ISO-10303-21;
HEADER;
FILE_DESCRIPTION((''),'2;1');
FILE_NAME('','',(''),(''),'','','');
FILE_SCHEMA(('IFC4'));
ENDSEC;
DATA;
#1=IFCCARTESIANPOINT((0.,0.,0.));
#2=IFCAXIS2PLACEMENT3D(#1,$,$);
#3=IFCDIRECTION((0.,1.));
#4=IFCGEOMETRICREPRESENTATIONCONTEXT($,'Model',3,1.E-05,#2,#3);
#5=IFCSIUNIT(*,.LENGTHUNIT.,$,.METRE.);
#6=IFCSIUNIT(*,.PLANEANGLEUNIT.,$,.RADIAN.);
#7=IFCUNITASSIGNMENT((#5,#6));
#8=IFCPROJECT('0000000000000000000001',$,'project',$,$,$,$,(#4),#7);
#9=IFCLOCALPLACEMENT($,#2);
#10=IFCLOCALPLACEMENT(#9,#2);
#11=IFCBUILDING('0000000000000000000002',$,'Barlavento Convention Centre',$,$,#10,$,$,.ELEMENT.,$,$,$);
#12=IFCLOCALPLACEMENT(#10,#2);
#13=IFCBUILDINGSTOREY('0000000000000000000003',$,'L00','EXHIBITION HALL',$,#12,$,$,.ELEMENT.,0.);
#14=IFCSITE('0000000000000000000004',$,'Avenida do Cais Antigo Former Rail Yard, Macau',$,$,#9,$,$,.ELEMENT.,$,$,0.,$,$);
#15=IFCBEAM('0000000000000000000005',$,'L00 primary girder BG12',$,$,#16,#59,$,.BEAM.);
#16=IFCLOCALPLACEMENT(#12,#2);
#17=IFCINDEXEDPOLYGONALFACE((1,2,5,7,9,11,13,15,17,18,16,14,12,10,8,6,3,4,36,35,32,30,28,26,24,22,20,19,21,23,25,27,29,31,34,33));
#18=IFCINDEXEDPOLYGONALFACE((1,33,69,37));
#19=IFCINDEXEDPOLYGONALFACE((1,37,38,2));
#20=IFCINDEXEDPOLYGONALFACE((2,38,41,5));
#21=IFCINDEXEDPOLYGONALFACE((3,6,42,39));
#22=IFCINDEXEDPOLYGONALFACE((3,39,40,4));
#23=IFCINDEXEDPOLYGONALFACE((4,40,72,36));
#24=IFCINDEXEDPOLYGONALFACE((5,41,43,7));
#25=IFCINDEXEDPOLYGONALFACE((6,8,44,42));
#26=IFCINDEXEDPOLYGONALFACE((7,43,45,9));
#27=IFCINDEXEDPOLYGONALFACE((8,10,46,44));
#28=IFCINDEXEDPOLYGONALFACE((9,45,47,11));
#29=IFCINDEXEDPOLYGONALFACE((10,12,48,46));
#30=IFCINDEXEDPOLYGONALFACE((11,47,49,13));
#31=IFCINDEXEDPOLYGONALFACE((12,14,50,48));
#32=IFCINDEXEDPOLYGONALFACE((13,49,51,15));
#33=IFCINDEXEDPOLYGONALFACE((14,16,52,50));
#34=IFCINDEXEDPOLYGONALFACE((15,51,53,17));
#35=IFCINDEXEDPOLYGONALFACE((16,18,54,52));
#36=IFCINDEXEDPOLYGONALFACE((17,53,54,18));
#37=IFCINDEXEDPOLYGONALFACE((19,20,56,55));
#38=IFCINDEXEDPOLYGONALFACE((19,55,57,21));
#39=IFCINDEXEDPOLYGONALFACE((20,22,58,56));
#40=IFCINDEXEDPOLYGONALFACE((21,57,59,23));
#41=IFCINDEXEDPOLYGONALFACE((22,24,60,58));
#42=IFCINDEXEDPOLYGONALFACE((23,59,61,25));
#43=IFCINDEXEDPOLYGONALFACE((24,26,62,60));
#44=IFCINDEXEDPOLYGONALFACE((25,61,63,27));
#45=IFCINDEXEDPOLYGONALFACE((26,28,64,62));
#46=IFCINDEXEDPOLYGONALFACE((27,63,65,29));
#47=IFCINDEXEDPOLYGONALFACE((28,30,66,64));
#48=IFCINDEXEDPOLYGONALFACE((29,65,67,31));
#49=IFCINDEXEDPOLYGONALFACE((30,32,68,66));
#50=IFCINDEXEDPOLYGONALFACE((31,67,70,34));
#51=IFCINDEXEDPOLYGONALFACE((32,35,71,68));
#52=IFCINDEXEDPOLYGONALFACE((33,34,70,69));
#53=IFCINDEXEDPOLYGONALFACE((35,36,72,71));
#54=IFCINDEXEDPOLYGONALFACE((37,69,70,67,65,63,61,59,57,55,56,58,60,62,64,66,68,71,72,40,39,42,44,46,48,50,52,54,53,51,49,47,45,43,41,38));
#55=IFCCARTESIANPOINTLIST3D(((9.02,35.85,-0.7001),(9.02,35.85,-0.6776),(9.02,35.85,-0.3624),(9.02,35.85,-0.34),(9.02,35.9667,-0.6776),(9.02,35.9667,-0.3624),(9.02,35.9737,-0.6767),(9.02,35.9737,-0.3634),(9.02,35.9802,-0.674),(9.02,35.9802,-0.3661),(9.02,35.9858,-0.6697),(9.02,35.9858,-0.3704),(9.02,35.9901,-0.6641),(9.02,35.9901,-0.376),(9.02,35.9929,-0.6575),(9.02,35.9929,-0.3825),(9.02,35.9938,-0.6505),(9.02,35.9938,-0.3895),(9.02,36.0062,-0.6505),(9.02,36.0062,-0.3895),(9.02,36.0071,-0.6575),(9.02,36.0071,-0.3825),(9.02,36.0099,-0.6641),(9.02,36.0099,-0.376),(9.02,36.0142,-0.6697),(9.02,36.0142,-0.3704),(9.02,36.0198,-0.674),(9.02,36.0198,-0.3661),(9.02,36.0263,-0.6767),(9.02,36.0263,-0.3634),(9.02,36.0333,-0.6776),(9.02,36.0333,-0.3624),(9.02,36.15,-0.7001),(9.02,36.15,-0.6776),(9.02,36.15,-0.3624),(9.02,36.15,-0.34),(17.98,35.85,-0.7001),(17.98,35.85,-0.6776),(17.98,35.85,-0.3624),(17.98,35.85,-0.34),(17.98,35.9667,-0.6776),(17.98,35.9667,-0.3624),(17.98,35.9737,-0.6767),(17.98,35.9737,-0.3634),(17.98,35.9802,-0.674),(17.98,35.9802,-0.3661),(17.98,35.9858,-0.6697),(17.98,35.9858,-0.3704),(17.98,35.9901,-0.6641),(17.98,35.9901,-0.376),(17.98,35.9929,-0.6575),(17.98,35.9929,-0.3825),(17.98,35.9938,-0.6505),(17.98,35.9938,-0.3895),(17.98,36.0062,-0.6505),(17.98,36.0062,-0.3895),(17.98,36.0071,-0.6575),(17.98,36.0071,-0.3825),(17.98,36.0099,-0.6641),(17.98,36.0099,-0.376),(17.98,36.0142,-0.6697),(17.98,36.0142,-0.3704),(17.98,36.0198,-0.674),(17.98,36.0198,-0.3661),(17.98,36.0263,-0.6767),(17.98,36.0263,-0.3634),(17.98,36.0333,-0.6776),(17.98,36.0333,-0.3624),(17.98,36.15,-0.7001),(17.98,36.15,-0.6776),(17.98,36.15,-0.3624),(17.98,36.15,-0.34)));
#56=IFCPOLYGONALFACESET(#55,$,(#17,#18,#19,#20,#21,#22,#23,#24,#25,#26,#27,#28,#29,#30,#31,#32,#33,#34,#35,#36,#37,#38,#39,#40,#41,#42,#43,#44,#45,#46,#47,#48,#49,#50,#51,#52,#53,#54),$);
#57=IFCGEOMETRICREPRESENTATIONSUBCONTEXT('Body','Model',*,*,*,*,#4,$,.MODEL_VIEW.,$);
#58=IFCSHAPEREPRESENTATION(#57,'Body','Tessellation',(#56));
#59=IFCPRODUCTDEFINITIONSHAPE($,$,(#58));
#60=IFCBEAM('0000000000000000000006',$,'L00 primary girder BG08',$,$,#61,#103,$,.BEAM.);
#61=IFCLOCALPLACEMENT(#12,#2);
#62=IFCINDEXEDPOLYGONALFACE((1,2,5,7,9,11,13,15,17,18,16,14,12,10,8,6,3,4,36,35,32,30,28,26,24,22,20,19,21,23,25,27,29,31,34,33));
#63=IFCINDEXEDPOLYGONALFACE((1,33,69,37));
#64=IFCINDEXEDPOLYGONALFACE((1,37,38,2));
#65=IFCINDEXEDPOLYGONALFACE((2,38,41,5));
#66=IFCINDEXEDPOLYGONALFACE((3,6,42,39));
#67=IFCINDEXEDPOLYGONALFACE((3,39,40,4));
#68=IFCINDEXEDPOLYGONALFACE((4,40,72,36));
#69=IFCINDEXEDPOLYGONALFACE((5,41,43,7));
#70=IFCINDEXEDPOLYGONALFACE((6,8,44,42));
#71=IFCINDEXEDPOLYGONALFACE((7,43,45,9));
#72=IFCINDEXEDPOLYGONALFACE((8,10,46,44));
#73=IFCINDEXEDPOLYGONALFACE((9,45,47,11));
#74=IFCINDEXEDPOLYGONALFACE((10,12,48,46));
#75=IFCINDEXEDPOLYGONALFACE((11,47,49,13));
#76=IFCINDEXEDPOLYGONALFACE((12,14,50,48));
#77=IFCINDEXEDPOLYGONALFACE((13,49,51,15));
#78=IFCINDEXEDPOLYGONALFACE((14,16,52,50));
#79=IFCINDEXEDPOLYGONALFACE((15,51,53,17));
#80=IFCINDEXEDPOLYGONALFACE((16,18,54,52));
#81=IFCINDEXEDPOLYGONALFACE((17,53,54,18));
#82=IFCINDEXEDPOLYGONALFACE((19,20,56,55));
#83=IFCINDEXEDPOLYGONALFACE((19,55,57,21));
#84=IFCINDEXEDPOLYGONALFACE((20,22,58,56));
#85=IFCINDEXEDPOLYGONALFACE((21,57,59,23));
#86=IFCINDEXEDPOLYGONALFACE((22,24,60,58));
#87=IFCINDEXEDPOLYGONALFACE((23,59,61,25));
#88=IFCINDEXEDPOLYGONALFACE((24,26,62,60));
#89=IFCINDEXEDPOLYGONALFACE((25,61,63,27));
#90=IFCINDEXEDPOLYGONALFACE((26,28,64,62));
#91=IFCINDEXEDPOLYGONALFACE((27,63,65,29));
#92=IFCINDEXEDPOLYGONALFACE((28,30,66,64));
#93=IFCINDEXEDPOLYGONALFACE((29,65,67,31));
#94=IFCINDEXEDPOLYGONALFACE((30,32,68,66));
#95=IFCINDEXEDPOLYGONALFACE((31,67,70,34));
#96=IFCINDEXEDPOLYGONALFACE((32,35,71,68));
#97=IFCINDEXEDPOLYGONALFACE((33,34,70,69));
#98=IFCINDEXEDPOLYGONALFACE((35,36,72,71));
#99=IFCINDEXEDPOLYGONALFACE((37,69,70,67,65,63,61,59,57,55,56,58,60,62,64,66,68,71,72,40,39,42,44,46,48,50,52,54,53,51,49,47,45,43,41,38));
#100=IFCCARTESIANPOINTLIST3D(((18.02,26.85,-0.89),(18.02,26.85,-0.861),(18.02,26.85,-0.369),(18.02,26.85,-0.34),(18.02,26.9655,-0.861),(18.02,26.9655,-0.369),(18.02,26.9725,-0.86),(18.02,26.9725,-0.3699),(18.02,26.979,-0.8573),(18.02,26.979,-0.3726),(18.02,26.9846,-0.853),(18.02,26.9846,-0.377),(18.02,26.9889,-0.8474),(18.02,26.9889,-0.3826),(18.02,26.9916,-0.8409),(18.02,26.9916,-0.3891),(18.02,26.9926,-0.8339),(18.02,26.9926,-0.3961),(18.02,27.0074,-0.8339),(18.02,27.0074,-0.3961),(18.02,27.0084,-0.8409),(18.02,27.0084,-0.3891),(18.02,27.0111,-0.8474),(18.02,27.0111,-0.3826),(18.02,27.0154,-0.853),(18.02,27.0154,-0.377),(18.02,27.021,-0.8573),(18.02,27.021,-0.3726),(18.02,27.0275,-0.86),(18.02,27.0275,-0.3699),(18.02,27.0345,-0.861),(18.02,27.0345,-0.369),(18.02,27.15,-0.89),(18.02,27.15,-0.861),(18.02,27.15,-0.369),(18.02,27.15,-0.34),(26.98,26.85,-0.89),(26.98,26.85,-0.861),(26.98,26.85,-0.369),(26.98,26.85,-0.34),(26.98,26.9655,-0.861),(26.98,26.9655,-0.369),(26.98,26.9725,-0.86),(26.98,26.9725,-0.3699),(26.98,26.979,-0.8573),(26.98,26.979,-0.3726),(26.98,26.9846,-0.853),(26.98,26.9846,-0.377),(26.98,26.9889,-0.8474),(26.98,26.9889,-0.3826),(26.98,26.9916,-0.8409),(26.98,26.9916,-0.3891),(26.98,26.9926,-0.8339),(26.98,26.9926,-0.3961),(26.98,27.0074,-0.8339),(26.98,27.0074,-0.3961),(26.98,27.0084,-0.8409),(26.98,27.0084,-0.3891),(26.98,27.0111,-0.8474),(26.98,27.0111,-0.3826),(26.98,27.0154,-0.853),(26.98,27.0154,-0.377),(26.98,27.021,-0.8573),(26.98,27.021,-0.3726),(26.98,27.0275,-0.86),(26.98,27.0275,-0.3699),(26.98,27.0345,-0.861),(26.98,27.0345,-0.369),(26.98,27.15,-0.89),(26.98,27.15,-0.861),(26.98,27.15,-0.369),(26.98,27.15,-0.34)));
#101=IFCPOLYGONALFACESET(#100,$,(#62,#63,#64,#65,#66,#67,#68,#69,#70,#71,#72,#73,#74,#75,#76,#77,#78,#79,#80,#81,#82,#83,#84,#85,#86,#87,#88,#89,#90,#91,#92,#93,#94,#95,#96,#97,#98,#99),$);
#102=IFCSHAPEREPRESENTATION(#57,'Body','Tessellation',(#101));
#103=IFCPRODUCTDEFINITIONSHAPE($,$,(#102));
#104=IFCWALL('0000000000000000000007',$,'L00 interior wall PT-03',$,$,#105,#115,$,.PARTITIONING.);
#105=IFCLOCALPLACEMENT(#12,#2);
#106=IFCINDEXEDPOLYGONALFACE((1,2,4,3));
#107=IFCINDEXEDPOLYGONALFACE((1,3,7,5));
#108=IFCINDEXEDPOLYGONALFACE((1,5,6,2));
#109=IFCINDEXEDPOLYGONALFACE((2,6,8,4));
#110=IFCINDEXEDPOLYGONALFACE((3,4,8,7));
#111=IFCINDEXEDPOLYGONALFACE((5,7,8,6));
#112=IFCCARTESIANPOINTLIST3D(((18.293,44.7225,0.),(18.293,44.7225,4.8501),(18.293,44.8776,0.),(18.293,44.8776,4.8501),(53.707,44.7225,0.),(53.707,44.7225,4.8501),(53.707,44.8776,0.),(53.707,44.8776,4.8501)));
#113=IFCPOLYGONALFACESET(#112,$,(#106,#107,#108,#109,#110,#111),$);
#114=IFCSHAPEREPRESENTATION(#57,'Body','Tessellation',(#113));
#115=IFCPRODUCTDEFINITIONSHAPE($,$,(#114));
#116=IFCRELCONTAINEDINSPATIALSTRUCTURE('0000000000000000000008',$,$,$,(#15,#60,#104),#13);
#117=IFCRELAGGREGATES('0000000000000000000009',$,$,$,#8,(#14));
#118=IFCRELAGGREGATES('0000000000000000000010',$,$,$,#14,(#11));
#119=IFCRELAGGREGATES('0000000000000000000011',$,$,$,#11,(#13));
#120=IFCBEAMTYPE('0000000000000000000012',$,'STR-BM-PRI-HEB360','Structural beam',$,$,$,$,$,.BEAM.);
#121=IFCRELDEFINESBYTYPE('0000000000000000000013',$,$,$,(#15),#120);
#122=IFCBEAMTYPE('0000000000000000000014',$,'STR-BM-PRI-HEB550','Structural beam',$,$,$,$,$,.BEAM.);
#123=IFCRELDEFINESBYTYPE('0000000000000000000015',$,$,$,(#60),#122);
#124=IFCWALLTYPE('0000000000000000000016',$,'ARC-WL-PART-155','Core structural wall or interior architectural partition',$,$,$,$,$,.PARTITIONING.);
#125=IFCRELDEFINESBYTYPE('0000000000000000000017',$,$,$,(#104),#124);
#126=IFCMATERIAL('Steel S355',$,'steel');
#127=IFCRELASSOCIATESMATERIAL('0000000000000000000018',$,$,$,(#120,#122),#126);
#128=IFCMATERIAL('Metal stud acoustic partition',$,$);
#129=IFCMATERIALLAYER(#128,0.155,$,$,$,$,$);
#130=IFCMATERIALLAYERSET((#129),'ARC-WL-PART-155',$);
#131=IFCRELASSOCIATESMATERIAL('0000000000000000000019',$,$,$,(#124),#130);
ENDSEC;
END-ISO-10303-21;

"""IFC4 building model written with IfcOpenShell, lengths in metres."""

from ifc_helpers import new_model, si_unit, direction, frame, frame_2d, origin, origin_2d, place, context, subcontext, project, spatial, rectangle, i_section, extrude, material, layer, layer_set, material_profile, profile_set, type_object, element, save


model = new_model("IFC4")

# Units and contexts
model_context = context("Model", 3, precision=1e-05, world=origin(), true_north=direction((0.0, 1.0)))
body_context = subcontext(model_context, "Body", "Model", "MODEL_VIEW")
ifc_project = project(units=[si_unit("LENGTHUNIT", "METRE"), si_unit("PLANEANGLEUNIT", "RADIAN")], contexts=[model_context])

# Site, building, storey
site_placement = place(None, origin())
site = spatial("IfcSite", under=ifc_project, at=site_placement, Name="Avenida do Cais Antigo Former Rail Yard, Macau", CompositionType="ELEMENT", RefElevation=0.0)
building_placement = place(site_placement, origin())
building = spatial("IfcBuilding", under=site, at=building_placement, Name="Barlavento Convention Centre", CompositionType="ELEMENT")
storey_placement = place(building_placement, origin())
storey = spatial("IfcBuildingStorey", under=building, at=storey_placement, Name="L00", Description="EXHIBITION HALL", CompositionType="ELEMENT", Elevation=0.0)

# Beams
ifc_material_1 = material(Name="Steel S355", Category="steel")
ifc_material_profile_1 = material_profile(ifc_material_1, i_section(OverallWidth=0.3, OverallDepth=0.3601, WebThickness=0.0125, FlangeThickness=0.0225, FilletRadius=0.0271, at=origin_2d()), Name="HEB 360")
ifc_profile_set_1 = profile_set([ifc_material_profile_1], Name="Steel S355")
beam_type_1 = type_object("IfcBeamType", Name="STR-BM-PRI-HEB360", Description="Structural beam", PredefinedType="BEAM", material=ifc_profile_set_1)
beam_1_placement = place(storey_placement, frame((9.02, 36.0, -0.52), z_axis=(1.0, 0.0, 0.0), x_axis=(0.0, 1.0, 0.0)))
element("IfcBeam", 1, at=beam_1_placement, inside=storey, type_object=beam_type_1, Name="L00 primary girder BG12", PredefinedType="BEAM", context=body_context, shape_type="SweptSolid", body=[
    extrude(i_section(OverallWidth=0.3, OverallDepth=0.3601, WebThickness=0.0125, FlangeThickness=0.0225, FilletRadius=0.0271, at=origin_2d()), origin(), (0.0, 0.0, 1.0), 8.96),
])
ifc_material_profile_2 = material_profile(ifc_material_1, i_section(OverallWidth=0.3, OverallDepth=0.55, WebThickness=0.0149, FlangeThickness=0.0291, FilletRadius=0.0271, at=origin_2d()), Name="HEB 550")
ifc_profile_set_2 = profile_set([ifc_material_profile_2], Name="Steel S355")
beam_type_2 = type_object("IfcBeamType", Name="STR-BM-PRI-HEB550", Description="Structural beam", PredefinedType="BEAM", material=ifc_profile_set_2)
beam_2_placement = place(storey_placement, frame((18.02, 27.0, -0.615), z_axis=(1.0, 0.0, 0.0), x_axis=(0.0, 1.0, 0.0)))
element("IfcBeam", 2, at=beam_2_placement, inside=storey, type_object=beam_type_2, Name="L00 primary girder BG08", PredefinedType="BEAM", context=body_context, shape_type="SweptSolid", body=[
    extrude(i_section(OverallWidth=0.3, OverallDepth=0.55, WebThickness=0.0149, FlangeThickness=0.0291, FilletRadius=0.0271, at=origin_2d()), origin(), (0.0, 0.0, 1.0), 8.96),
])

# Wall
ifc_material_2 = material(Name="Metal stud acoustic partition")
ifc_layer_1 = layer(ifc_material_2, 0.155)
ifc_layer_set_1 = layer_set([ifc_layer_1], Name="ARC-WL-PART-155")
wall_type_1 = type_object("IfcWallType", Name="ARC-WL-PART-155", Description="Core structural wall or interior architectural partition", PredefinedType="PARTITIONING", material=ifc_layer_set_1)
wall_1_placement = place(storey_placement, frame((18.293, 44.8, 0.0), z_axis=(0.0, 0.0, 1.0), x_axis=(1.0, 0.0, 0.0)))
element("IfcWall", 3, at=wall_1_placement, inside=storey, type_object=wall_type_1, Name="L00 interior wall PT-03", PredefinedType="PARTITIONING", context=body_context, shape_type="SweptSolid", body=[
    extrude(rectangle(XDim=35.4141, YDim=0.155, at=frame_2d((17.707, 0.0))), origin(), (0.0, 0.0, 1.0), 4.8501),
])

save(model, "model.ifc")
